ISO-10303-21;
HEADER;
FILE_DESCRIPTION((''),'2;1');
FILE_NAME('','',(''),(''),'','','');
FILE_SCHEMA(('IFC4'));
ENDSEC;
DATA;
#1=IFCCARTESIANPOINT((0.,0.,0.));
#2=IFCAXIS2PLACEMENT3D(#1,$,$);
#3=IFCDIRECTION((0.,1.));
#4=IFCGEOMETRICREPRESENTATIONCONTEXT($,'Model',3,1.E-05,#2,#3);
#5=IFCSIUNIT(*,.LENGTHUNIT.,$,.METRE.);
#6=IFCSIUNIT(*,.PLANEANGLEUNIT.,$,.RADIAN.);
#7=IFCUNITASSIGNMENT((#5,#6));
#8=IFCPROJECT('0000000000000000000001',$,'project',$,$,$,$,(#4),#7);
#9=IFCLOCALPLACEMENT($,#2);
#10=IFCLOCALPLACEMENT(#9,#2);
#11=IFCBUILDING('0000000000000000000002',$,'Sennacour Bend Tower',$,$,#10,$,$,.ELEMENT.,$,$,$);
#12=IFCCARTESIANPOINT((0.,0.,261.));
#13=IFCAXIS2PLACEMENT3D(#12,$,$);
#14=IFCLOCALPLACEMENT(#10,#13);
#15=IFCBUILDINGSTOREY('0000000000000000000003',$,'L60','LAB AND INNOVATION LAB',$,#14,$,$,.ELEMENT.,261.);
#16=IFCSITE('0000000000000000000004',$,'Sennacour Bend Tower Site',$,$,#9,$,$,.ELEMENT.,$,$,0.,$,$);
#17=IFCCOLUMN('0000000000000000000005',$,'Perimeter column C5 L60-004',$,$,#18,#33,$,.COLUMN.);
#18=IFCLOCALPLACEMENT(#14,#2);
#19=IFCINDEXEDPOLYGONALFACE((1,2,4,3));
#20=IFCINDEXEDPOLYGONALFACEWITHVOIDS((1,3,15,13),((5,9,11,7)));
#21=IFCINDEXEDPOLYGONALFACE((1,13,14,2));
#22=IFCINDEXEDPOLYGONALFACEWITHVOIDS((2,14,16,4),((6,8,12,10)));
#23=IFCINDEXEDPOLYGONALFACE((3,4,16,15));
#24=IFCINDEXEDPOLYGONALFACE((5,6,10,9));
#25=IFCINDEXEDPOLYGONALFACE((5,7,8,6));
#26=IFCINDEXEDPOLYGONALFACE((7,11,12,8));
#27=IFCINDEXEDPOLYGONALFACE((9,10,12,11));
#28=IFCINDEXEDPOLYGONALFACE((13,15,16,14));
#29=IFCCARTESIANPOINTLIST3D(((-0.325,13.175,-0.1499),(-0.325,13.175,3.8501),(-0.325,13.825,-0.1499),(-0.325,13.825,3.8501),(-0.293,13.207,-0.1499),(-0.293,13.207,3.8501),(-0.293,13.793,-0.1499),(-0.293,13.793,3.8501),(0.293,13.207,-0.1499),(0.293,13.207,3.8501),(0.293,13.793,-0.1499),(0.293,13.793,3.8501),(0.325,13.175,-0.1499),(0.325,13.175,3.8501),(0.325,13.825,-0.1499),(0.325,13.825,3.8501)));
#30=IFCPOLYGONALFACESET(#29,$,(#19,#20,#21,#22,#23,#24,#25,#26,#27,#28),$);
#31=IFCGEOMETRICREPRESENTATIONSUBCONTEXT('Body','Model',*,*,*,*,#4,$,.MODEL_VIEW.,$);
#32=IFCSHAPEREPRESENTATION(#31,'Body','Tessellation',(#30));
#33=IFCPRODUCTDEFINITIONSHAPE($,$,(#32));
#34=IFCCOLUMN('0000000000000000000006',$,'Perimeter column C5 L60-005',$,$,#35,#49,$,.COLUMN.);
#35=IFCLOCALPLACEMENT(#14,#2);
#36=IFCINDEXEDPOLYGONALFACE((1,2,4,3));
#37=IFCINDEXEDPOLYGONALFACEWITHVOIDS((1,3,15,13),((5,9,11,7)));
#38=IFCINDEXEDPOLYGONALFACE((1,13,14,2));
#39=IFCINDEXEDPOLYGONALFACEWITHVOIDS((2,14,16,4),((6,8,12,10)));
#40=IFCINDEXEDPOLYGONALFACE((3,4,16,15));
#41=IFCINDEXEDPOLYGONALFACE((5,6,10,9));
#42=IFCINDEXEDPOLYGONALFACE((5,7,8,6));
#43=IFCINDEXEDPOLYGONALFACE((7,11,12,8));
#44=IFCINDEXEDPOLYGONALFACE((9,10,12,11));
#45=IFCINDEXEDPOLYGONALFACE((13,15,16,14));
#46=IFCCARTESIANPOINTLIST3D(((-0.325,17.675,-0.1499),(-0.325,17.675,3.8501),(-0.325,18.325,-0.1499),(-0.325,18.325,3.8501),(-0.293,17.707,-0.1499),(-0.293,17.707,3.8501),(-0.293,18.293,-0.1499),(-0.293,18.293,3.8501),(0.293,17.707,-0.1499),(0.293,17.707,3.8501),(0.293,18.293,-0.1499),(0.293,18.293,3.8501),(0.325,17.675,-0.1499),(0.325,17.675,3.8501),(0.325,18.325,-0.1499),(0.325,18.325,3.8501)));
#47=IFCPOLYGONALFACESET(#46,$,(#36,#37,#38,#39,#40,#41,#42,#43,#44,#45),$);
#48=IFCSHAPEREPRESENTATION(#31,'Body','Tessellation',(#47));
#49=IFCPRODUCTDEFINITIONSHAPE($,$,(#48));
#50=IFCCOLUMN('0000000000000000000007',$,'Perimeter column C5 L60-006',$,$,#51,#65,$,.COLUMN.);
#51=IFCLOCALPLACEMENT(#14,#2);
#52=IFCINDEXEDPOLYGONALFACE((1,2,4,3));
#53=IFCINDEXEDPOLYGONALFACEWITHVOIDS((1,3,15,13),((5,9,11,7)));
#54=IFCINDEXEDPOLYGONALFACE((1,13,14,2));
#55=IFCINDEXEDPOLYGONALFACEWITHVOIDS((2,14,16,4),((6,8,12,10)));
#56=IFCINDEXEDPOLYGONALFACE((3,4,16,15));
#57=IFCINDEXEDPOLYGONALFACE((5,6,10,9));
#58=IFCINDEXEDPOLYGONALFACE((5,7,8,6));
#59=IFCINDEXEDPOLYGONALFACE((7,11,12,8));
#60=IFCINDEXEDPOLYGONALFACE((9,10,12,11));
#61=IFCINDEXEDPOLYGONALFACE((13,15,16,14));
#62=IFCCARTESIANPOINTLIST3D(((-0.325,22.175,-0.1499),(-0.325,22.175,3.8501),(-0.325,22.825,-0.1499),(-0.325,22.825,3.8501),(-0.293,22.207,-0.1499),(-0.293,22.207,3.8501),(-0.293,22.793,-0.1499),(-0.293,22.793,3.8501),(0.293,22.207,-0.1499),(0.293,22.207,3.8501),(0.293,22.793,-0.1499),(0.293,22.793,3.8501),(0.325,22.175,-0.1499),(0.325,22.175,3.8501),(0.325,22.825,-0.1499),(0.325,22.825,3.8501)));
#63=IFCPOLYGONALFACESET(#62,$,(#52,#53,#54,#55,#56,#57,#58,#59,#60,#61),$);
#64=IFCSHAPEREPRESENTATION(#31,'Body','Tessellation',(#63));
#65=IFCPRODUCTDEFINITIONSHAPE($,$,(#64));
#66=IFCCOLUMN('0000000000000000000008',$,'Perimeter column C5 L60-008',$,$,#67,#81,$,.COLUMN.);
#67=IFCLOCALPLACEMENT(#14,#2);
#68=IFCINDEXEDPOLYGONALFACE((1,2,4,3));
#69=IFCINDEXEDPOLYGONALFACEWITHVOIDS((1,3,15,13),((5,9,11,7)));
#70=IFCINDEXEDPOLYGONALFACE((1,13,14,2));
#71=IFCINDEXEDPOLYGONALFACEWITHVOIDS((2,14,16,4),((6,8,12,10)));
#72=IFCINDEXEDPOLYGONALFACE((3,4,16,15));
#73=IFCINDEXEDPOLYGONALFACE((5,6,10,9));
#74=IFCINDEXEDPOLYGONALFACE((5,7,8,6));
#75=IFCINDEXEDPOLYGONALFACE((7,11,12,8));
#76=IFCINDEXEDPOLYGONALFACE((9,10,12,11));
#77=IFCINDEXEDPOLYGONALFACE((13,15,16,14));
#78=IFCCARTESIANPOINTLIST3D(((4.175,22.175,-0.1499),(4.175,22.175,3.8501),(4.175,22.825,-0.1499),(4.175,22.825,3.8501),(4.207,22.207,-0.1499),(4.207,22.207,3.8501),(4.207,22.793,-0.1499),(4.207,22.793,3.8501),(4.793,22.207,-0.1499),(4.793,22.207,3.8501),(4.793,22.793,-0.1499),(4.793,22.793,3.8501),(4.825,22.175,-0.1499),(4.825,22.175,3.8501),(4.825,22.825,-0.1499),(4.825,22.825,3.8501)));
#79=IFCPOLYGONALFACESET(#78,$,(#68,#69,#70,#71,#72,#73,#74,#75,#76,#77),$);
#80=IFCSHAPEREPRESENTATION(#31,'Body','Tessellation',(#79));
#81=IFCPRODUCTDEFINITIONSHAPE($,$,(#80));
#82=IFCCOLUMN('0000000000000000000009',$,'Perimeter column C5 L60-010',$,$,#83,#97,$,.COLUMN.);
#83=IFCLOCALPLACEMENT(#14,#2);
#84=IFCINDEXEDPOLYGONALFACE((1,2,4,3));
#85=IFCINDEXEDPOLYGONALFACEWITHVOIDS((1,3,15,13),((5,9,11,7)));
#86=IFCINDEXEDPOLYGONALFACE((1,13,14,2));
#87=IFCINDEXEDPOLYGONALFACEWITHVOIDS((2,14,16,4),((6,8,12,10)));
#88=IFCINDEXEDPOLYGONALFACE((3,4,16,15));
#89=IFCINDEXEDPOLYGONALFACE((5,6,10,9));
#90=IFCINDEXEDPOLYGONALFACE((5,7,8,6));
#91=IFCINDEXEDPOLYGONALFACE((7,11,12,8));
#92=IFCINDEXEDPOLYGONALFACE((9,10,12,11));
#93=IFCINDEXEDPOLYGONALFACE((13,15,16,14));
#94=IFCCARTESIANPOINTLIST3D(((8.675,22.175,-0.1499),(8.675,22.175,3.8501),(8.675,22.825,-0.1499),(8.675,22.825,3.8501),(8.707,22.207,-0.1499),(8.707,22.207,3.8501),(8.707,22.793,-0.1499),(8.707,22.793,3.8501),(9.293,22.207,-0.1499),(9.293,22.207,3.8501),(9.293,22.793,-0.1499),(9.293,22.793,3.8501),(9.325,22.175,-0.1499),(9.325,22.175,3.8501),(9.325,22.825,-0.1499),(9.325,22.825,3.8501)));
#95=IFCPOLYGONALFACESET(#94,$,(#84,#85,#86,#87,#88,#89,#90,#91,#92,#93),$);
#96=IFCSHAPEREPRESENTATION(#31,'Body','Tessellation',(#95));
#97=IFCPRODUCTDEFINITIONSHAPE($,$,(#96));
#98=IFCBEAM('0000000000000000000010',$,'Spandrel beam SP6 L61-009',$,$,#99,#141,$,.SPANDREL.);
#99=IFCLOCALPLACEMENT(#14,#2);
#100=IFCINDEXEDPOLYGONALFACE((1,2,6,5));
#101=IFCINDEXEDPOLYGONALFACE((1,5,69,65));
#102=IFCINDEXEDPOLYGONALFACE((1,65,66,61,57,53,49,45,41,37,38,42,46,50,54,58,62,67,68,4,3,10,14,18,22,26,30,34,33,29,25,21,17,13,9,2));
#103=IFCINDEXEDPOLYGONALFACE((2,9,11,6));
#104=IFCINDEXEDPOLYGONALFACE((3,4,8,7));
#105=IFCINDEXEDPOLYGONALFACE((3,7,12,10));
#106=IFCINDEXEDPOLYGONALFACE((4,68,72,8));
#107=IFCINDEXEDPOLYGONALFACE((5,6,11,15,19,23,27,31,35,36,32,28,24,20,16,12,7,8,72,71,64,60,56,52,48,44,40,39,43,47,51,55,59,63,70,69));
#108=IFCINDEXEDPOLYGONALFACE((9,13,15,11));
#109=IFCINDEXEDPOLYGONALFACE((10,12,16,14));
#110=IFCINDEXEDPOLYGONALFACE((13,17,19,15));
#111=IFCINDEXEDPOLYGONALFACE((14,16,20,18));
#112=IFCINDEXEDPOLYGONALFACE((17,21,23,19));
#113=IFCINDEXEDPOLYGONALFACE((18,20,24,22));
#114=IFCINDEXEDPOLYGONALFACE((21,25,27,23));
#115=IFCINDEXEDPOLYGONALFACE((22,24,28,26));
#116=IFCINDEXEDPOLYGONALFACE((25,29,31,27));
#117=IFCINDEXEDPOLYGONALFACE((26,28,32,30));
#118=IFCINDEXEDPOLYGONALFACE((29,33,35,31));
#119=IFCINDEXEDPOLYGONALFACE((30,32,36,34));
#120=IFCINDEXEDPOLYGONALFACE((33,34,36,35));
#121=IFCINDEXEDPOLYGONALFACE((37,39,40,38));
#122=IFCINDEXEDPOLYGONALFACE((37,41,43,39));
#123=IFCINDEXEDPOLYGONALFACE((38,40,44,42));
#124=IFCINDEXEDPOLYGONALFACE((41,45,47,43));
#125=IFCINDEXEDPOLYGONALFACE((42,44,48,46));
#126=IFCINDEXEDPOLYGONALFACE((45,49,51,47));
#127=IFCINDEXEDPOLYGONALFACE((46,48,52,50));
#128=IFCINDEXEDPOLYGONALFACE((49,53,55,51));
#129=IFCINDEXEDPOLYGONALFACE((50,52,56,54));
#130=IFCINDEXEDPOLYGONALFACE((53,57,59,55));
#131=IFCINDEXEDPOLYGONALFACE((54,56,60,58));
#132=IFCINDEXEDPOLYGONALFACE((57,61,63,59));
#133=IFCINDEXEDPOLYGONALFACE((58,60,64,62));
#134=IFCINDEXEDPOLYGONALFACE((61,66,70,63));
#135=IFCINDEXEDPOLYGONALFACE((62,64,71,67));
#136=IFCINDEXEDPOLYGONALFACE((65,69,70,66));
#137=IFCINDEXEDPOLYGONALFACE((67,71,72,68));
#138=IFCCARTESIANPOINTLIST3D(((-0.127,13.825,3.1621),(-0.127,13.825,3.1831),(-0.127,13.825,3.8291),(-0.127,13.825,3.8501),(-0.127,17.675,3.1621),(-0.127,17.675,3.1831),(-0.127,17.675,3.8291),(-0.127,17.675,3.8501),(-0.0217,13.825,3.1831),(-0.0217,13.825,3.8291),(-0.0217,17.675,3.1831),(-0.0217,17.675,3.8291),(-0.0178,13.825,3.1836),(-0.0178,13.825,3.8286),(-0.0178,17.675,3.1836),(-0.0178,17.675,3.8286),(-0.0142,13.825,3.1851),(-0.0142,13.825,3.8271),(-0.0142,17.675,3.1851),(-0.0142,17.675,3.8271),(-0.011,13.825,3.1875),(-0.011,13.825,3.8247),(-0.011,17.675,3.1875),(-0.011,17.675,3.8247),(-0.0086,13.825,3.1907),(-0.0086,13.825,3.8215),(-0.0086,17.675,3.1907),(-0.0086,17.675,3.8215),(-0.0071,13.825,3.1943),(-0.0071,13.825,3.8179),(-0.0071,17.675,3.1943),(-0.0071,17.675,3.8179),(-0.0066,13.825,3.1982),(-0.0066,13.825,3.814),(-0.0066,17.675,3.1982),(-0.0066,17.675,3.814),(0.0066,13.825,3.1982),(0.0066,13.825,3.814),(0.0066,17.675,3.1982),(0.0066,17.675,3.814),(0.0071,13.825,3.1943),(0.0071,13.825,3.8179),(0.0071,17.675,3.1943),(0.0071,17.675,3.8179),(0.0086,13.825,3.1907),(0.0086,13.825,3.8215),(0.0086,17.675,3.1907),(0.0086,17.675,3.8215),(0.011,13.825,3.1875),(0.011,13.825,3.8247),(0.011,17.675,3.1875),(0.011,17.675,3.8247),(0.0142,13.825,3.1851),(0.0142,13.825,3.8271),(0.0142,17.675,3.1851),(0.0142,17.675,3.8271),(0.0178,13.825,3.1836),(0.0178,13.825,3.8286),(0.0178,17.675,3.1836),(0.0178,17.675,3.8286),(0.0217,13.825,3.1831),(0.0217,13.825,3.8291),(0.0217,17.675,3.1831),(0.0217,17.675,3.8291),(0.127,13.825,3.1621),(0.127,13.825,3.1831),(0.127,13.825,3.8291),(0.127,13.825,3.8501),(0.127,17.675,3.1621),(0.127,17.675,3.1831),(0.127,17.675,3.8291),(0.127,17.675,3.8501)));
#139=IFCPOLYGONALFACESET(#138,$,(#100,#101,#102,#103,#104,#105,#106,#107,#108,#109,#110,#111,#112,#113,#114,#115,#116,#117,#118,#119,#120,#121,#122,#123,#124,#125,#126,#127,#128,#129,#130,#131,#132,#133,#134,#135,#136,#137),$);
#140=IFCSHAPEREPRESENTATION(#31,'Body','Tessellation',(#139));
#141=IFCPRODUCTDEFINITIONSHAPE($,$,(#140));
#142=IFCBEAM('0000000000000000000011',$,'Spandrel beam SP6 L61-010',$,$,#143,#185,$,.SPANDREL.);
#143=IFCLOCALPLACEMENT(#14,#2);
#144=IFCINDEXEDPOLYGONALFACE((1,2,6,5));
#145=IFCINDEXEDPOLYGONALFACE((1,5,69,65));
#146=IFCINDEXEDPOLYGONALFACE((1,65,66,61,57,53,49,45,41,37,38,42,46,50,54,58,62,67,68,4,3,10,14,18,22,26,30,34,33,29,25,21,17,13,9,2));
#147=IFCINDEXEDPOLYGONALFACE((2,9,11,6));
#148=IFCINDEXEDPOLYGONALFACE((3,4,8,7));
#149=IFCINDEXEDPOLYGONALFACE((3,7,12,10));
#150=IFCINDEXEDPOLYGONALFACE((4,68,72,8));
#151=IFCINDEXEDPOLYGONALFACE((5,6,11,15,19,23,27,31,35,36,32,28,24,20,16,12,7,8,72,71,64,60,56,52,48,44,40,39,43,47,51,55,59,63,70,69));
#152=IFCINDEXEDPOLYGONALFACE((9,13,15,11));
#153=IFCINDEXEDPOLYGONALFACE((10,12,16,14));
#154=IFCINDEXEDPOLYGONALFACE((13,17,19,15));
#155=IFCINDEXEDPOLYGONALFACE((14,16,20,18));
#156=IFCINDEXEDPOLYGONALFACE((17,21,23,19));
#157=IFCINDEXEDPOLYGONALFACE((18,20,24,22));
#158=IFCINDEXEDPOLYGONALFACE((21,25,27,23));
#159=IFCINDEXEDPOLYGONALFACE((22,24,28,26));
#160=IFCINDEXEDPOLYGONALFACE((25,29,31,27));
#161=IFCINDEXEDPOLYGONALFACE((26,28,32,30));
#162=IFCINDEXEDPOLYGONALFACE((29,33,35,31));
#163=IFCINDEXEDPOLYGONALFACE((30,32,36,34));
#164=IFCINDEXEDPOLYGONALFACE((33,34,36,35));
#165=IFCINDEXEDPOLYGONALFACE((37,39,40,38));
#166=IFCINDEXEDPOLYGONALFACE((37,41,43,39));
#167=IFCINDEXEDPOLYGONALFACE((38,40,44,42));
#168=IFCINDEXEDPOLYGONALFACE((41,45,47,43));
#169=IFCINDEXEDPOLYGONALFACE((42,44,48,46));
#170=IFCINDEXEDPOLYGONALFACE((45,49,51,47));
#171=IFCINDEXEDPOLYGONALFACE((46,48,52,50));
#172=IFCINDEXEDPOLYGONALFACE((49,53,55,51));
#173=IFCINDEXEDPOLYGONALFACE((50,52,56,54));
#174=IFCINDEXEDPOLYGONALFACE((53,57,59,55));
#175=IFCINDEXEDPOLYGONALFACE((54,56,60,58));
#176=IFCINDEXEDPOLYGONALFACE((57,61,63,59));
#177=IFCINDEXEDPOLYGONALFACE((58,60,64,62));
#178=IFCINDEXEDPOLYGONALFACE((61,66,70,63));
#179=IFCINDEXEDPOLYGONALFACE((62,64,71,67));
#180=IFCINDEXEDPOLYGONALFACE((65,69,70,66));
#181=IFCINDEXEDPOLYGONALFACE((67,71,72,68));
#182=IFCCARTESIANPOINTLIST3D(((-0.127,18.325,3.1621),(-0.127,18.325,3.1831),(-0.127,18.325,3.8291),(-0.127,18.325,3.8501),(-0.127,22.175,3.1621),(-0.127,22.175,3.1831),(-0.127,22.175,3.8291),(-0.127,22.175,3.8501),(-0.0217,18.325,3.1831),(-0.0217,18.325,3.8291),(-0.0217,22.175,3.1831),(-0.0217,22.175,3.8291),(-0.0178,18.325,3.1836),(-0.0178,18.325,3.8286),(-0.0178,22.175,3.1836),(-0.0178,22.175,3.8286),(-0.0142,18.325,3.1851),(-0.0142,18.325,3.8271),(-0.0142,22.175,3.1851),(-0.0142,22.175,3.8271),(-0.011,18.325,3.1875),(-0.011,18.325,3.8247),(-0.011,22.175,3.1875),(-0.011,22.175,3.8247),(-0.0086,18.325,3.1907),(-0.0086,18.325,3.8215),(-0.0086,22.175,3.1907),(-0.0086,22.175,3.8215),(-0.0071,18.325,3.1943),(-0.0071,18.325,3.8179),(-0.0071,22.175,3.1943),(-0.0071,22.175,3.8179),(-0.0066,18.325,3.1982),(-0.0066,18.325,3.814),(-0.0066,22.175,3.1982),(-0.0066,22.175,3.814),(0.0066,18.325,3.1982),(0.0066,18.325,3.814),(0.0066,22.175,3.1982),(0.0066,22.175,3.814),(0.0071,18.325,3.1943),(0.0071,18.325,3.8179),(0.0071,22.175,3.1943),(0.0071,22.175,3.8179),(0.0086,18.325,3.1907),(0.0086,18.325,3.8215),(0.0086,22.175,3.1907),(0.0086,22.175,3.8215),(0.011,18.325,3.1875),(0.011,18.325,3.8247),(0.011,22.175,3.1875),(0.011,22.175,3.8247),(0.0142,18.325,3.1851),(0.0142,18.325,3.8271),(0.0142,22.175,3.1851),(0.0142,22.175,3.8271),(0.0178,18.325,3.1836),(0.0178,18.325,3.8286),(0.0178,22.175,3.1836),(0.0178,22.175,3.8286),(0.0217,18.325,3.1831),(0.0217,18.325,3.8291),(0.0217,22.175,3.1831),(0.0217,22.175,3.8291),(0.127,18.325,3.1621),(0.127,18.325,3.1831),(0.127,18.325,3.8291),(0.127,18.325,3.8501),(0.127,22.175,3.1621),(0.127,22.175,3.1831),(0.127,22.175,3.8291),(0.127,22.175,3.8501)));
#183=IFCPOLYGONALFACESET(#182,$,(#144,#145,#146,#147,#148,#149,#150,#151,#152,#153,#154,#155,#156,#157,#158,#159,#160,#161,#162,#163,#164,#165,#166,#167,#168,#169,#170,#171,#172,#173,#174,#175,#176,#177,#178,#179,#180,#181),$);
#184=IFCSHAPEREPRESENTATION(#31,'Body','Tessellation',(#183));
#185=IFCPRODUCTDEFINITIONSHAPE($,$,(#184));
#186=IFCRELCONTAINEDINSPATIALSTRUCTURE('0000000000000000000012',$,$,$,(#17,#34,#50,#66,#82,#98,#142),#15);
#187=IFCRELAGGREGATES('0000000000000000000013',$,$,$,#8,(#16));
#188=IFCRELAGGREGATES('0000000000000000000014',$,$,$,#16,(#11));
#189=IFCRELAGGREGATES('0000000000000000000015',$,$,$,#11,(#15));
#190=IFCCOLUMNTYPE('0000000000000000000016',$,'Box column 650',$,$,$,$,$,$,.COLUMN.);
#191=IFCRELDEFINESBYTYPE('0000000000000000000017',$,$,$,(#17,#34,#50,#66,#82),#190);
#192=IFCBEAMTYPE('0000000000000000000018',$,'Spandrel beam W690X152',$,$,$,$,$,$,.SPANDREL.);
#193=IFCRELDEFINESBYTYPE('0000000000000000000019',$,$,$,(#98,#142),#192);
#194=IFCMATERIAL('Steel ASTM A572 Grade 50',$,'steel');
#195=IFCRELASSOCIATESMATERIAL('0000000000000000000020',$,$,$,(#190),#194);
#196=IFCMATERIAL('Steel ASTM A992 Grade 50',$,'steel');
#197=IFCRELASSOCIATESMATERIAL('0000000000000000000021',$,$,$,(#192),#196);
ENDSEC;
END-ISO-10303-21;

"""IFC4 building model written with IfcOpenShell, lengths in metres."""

from ifc_helpers import new_model, si_unit, direction, frame, origin, origin_2d, place, context, subcontext, project, spatial, hollow_rectangle, i_section, extrude, material, material_profile, profile_set, type_object, element, save


model = new_model("IFC4")

# Units and contexts
model_context = context("Model", 3, precision=1e-05, world=origin(), true_north=direction((0.0, 1.0)))
body_context = subcontext(model_context, "Body", "Model", "MODEL_VIEW")
ifc_project = project(units=[si_unit("LENGTHUNIT", "METRE"), si_unit("PLANEANGLEUNIT", "RADIAN")], contexts=[model_context])

# Site, building, storey
site_placement = place(None, origin())
site = spatial("IfcSite", under=ifc_project, at=site_placement, Name="Sennacour Bend Tower Site", CompositionType="ELEMENT", RefElevation=0.0)
building_placement = place(site_placement, origin())
building = spatial("IfcBuilding", under=site, at=building_placement, Name="Sennacour Bend Tower", CompositionType="ELEMENT")
storey_placement = place(building_placement, frame((0.0, 0.0, 261.0)))
storey = spatial("IfcBuildingStorey", under=building, at=storey_placement, Name="L60", Description="LAB AND INNOVATION LAB", CompositionType="ELEMENT", Elevation=261.0)

# Columns
ifc_material_1 = material(Name="Steel ASTM A572 Grade 50", Category="steel")
ifc_material_profile_1 = material_profile(ifc_material_1, hollow_rectangle(XDim=0.6499, YDim=0.6499, WallThickness=0.032, at=origin_2d()), Name="Steel ASTM A572 Grade 50", Category="steel")
ifc_profile_set_1 = profile_set([ifc_material_profile_1], Name="Steel ASTM A572 Grade 50")
column_type = type_object("IfcColumnType", Name="Box column 650", PredefinedType="COLUMN", material=ifc_profile_set_1)
for number, where, z_axis, x_axis, name in (
    (1, (0.0, 13.5, -0.1499), (0.0, 0.0, 1.0), (1.0, 0.0, 0.0), "Perimeter column C5 L60-004"),
    (2, (0.0, 18.0, -0.1499), (0.0, 0.0, 1.0), (1.0, 0.0, 0.0), "Perimeter column C5 L60-005"),
    (3, (0.0, 22.5, -0.1499), (0.0, 0.0, 1.0), (1.0, 0.0, 0.0), "Perimeter column C5 L60-006"),
    (4, (4.5, 22.5, -0.1499), (0.0, 0.0, 1.0), (1.0, 0.0, 0.0), "Perimeter column C5 L60-008"),
    (5, (9.0, 22.5, -0.1499), (0.0, 0.0, 1.0), (1.0, 0.0, 0.0), "Perimeter column C5 L60-010"),
):
    element("IfcColumn", number, at=place(storey_placement, frame(where, z_axis=z_axis, x_axis=x_axis)), inside=storey, type_object=column_type, Name=name, PredefinedType="COLUMN", context=body_context, shape_type="SweptSolid", body=[
        extrude(hollow_rectangle(XDim=0.6499, YDim=0.6499, WallThickness=0.032, at=origin_2d()), origin(), (0.0, 0.0, 1.0), 4.0),
    ])

# Beams
ifc_material_2 = material(Name="Steel ASTM A992 Grade 50", Category="steel")
ifc_material_profile_2 = material_profile(ifc_material_2, i_section(OverallWidth=0.2539, OverallDepth=0.688, WebThickness=0.0132, FlangeThickness=0.021, FilletRadius=0.0151, at=origin_2d()), Name="Steel ASTM A992 Grade 50", Category="steel")
ifc_profile_set_2 = profile_set([ifc_material_profile_2], Name="Steel ASTM A992 Grade 50")
beam_type = type_object("IfcBeamType", Name="Spandrel beam W690X152", PredefinedType="SPANDREL", material=ifc_profile_set_2)
for number, where, z_axis, x_axis, name in (
    (6, (0.0, 13.825, 3.5061), (0.0, 1.0, 0.0), (-1.0, 0.0, 0.0), "Spandrel beam SP6 L61-009"),
    (7, (0.0, 18.325, 3.5061), (0.0, 1.0, 0.0), (-1.0, 0.0, 0.0), "Spandrel beam SP6 L61-010"),
):
    element("IfcBeam", number, at=place(storey_placement, frame(where, z_axis=z_axis, x_axis=x_axis)), inside=storey, type_object=beam_type, Name=name, PredefinedType="SPANDREL", context=body_context, shape_type="SweptSolid", body=[
        extrude(i_section(OverallWidth=0.2539, OverallDepth=0.688, WebThickness=0.0132, FlangeThickness=0.021, FilletRadius=0.0151, at=origin_2d()), origin(), (0.0, 0.0, 1.0), 3.8501),
    ])

save(model, "model.ifc")
